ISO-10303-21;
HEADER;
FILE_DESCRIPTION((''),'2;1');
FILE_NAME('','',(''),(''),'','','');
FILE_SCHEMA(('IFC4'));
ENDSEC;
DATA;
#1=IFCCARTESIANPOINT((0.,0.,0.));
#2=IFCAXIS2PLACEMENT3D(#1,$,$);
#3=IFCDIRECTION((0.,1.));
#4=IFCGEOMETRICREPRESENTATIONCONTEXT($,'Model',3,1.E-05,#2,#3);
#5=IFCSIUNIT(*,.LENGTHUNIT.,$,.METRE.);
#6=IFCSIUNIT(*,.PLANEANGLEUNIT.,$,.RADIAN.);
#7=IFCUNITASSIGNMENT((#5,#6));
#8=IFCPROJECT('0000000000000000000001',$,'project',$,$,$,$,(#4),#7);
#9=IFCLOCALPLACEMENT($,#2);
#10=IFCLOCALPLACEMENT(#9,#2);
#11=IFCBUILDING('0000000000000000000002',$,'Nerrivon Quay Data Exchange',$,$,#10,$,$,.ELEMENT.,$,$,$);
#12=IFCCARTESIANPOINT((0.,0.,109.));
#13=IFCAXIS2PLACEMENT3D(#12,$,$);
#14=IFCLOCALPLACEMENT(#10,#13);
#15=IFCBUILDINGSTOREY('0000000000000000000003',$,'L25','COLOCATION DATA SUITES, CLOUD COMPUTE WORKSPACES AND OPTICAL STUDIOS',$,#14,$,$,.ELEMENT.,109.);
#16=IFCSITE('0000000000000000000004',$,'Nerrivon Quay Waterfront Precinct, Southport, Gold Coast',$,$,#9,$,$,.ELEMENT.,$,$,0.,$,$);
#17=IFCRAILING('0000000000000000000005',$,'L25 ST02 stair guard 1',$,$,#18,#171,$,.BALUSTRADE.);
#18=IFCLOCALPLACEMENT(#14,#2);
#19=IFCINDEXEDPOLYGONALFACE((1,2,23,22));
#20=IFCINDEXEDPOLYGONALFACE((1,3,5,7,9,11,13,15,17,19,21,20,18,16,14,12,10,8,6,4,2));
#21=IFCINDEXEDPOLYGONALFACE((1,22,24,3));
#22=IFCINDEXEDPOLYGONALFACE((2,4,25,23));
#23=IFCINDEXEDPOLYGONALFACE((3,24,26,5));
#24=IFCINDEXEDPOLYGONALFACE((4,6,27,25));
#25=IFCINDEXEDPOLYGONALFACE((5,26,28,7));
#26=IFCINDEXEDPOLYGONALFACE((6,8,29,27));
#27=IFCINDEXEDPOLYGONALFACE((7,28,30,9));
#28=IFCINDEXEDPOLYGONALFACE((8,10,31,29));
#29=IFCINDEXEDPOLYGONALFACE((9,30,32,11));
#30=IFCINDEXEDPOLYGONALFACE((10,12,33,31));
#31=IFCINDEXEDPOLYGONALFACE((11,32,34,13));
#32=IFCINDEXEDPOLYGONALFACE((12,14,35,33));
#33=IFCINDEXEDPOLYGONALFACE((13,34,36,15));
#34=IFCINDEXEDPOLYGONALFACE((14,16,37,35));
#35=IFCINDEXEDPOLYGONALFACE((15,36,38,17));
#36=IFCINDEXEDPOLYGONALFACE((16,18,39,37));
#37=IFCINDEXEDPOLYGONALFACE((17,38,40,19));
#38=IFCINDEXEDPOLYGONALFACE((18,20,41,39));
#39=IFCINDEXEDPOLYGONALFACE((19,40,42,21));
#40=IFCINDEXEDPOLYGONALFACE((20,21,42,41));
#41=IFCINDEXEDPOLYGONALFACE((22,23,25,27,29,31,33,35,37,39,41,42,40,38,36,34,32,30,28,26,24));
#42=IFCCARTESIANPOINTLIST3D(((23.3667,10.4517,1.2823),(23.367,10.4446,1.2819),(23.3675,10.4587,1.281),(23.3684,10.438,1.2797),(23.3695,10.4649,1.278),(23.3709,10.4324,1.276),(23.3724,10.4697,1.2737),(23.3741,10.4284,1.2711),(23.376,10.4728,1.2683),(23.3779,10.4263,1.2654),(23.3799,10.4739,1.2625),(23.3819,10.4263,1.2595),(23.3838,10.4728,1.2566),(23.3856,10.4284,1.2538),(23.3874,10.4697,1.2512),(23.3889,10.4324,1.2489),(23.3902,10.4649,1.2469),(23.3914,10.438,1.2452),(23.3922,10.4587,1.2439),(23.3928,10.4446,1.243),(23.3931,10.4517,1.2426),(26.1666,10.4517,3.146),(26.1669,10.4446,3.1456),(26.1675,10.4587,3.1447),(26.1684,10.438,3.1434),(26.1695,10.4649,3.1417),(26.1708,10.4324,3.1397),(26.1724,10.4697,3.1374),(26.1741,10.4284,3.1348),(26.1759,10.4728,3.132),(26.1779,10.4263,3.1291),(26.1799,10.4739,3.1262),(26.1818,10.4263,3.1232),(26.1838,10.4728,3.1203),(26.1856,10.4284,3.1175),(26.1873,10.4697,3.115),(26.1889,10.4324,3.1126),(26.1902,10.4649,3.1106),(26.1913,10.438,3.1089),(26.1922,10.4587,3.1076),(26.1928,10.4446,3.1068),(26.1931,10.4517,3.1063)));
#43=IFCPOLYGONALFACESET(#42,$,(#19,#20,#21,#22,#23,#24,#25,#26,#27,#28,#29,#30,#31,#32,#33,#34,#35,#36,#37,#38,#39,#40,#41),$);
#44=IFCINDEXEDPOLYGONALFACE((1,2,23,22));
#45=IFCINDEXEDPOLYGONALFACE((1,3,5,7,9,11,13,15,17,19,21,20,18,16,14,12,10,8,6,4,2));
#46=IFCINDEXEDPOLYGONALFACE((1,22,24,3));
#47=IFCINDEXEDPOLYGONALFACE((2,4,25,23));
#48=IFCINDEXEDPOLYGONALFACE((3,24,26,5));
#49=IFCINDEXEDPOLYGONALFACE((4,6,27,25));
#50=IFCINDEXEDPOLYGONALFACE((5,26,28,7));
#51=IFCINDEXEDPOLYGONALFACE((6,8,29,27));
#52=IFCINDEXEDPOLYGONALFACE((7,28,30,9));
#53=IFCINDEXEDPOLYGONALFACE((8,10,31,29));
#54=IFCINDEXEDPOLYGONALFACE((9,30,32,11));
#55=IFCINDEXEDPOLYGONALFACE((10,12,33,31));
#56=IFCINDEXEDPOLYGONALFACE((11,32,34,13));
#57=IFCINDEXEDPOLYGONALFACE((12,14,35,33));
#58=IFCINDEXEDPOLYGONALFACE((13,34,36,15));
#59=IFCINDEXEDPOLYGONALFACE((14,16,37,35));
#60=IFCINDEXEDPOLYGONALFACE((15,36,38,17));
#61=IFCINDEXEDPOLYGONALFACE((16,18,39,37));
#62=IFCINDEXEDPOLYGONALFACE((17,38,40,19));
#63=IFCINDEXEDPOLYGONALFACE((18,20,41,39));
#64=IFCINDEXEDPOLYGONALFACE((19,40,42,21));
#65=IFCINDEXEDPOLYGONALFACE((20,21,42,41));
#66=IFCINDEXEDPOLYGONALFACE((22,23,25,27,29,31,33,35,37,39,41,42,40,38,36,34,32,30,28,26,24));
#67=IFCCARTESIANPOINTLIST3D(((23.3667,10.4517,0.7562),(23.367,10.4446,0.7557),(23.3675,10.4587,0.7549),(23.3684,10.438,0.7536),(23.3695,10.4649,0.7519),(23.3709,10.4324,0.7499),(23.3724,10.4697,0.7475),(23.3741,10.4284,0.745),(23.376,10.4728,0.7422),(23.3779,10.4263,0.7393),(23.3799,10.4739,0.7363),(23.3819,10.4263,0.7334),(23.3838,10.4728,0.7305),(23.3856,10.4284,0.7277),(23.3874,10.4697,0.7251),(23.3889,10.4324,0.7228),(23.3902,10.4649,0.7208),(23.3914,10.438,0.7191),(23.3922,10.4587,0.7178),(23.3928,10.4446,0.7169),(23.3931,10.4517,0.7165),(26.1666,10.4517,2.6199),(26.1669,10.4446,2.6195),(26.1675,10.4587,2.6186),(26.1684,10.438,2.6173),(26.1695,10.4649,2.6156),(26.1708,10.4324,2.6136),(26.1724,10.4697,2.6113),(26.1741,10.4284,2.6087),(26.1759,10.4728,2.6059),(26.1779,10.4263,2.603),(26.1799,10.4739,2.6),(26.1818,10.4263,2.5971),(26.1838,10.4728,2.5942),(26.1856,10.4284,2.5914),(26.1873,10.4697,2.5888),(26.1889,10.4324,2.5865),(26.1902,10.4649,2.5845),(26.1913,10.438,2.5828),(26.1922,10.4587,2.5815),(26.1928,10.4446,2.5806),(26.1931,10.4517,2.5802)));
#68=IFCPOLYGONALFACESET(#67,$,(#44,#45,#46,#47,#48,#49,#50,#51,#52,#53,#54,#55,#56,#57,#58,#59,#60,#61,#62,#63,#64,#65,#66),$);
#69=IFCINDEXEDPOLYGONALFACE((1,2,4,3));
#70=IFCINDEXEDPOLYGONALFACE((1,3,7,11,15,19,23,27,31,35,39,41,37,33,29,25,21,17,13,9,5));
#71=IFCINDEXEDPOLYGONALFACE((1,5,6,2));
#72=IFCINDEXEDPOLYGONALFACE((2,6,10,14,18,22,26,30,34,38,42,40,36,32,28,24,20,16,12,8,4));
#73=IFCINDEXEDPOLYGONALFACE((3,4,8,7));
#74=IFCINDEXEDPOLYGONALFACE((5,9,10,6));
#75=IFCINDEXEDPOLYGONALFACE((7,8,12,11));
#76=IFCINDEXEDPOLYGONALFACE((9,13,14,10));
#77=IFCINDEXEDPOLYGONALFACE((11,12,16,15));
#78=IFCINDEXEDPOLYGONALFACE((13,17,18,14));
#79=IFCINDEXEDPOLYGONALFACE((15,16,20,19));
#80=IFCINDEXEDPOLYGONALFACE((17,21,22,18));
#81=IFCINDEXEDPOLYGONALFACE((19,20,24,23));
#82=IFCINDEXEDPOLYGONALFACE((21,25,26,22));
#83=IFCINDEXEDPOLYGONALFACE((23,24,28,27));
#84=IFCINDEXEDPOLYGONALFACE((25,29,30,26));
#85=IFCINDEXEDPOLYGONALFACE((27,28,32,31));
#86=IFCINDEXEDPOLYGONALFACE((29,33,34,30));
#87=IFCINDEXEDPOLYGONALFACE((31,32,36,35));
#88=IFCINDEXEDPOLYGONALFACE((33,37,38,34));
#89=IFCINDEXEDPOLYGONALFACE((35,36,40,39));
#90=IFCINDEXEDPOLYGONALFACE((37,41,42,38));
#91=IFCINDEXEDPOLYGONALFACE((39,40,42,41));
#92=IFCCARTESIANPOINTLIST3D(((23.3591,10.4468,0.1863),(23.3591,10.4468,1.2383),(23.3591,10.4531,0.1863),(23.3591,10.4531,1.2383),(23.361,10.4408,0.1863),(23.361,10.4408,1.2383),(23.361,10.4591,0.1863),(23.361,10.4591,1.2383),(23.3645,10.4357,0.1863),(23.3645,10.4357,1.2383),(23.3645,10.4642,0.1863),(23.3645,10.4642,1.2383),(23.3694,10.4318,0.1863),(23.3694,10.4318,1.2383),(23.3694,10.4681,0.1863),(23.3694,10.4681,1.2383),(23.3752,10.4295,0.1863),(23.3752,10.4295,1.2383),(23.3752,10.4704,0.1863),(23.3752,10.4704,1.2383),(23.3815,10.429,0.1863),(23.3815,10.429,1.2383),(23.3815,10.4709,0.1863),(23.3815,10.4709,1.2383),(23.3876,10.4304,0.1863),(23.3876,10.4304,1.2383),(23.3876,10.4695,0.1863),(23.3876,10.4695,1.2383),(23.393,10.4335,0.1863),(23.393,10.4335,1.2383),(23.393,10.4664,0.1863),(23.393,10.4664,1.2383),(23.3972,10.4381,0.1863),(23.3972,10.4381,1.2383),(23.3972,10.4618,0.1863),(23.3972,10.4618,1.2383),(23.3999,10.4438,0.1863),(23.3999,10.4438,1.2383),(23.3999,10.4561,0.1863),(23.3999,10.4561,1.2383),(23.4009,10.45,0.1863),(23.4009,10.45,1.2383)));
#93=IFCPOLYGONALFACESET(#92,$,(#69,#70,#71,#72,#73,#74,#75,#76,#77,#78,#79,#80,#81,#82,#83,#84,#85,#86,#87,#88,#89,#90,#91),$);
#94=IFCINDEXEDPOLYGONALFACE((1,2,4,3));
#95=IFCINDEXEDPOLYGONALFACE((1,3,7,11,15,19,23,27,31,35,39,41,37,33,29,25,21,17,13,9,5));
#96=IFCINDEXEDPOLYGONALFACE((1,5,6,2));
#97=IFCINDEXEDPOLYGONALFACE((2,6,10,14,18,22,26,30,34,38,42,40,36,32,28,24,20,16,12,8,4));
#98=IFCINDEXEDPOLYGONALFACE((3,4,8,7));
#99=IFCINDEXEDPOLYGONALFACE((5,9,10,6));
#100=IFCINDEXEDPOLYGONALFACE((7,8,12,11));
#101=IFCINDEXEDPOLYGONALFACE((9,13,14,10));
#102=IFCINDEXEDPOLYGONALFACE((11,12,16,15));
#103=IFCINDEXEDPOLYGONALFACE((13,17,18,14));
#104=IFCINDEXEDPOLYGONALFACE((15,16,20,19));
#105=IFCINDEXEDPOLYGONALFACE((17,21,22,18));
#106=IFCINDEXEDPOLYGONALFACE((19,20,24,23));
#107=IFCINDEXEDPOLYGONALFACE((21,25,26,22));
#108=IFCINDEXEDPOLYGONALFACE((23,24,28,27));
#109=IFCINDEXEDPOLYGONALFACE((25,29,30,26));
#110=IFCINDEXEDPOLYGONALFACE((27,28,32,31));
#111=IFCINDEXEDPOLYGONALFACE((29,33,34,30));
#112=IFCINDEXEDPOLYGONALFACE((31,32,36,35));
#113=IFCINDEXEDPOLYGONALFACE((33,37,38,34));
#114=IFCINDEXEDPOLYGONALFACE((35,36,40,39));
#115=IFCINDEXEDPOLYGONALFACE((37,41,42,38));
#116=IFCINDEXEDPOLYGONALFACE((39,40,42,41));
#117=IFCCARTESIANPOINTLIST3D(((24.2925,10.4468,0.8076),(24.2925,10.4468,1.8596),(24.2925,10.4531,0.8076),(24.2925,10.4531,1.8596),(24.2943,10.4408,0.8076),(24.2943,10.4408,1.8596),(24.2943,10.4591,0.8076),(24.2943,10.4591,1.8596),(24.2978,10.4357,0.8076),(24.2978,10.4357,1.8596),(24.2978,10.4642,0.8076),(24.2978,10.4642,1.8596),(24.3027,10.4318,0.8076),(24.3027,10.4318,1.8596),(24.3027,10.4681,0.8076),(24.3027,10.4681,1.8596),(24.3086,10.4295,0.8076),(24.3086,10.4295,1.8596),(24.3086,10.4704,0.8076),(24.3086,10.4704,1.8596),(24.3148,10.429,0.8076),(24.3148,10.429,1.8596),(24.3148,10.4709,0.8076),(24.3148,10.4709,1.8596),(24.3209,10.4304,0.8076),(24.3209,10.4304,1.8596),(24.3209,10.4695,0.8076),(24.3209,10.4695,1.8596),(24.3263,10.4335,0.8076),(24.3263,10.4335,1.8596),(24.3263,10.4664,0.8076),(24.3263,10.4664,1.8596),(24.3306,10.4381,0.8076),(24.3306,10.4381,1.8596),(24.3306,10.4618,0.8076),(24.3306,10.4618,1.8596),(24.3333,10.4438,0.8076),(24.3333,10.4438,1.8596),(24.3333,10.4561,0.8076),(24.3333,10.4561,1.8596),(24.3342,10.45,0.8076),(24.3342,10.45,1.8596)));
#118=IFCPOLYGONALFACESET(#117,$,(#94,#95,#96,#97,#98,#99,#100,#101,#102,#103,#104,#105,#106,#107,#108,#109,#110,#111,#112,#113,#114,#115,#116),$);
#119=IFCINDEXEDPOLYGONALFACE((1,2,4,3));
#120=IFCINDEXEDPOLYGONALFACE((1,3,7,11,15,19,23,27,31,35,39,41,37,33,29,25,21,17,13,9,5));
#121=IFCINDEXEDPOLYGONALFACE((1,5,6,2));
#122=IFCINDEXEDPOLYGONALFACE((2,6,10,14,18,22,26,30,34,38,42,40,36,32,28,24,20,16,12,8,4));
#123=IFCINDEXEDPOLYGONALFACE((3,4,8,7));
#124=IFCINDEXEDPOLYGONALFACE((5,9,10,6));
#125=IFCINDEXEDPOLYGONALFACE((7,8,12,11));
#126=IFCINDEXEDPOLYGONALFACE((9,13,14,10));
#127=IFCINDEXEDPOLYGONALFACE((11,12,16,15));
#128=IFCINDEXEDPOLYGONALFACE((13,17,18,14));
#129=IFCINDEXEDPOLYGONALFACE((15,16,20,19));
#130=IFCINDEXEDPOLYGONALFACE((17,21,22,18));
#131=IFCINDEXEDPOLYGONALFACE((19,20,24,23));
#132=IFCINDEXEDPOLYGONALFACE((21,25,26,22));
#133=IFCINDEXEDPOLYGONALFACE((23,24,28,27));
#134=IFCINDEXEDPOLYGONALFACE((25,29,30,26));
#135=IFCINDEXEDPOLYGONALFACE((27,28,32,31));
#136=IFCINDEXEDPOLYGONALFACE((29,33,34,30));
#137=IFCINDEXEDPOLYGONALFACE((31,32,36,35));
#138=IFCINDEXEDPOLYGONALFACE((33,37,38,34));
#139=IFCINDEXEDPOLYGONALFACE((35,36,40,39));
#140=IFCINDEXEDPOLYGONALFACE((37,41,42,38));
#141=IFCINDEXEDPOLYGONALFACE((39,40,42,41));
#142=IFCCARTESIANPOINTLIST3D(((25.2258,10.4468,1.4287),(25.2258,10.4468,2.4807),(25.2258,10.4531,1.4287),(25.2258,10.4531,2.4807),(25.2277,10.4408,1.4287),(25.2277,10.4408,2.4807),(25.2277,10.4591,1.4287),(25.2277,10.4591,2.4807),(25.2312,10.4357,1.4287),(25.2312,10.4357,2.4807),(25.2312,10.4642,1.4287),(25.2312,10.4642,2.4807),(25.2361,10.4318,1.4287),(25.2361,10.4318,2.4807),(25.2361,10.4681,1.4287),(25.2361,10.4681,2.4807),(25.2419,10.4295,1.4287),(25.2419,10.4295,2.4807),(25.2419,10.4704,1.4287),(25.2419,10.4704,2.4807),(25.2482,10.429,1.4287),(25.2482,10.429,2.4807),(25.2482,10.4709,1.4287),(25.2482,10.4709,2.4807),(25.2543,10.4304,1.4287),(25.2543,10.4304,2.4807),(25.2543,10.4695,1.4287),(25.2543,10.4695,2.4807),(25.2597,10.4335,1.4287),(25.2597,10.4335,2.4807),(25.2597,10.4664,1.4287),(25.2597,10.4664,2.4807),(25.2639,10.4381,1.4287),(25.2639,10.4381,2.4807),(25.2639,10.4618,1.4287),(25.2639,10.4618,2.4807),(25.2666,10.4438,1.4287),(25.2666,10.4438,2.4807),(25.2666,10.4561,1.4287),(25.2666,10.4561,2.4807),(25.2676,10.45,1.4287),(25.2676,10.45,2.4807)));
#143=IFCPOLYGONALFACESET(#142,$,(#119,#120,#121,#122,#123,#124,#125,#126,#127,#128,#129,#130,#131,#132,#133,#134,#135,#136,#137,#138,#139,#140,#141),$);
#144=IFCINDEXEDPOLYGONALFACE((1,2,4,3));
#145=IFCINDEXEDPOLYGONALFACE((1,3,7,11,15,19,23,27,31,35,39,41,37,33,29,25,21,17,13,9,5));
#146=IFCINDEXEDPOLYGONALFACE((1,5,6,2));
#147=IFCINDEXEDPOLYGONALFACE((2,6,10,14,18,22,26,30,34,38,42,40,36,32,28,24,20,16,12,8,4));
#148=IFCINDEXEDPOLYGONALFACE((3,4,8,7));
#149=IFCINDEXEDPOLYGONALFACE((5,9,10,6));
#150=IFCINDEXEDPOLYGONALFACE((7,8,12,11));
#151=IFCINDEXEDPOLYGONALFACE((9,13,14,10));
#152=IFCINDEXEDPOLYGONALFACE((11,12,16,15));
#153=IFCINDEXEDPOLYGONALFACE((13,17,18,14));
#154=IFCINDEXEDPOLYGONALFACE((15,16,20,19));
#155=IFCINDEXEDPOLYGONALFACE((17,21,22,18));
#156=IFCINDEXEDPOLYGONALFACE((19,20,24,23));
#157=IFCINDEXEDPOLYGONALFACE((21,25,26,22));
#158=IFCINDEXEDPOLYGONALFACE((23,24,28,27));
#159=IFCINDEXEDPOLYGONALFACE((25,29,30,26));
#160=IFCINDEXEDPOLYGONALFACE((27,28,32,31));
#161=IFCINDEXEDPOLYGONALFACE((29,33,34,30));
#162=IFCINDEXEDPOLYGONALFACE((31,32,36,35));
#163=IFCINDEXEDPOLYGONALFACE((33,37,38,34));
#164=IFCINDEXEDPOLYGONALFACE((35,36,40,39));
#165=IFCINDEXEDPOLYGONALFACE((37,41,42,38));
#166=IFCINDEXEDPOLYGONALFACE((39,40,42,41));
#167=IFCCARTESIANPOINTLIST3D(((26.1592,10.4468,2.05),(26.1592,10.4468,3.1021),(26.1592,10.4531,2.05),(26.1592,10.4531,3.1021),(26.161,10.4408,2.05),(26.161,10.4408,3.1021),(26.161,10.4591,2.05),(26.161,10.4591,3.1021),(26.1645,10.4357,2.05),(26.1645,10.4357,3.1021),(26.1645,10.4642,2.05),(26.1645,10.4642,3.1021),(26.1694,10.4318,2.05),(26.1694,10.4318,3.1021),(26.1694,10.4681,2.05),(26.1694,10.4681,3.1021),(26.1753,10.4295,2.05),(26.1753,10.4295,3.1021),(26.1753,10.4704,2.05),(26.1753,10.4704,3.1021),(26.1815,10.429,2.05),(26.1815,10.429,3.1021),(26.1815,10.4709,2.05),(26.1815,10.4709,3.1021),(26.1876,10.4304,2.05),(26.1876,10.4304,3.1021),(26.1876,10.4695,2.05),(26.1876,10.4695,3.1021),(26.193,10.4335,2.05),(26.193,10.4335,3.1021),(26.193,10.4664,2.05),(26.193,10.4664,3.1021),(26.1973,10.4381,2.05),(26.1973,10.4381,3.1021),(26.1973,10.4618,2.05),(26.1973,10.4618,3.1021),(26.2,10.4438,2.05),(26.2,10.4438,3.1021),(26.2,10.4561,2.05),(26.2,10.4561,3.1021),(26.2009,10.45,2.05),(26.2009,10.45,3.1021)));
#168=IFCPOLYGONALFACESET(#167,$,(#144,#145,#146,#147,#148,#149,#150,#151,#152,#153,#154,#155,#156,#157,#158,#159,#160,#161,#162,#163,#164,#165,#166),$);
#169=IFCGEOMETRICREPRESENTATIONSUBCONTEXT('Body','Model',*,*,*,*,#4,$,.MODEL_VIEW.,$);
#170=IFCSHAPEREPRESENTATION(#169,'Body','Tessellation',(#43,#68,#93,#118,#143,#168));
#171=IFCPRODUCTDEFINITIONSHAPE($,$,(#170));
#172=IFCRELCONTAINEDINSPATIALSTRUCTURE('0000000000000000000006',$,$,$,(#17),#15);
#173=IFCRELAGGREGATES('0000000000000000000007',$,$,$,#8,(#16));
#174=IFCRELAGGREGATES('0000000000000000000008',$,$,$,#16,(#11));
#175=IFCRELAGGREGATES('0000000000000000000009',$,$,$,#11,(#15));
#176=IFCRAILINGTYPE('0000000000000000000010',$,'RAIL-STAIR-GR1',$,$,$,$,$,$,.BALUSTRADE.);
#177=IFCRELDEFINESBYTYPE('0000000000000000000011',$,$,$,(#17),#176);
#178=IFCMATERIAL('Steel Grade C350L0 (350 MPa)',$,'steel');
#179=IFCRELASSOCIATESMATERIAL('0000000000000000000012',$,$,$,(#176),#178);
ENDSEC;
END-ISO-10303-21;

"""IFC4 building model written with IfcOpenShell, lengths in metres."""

from ifc_helpers import new_model, si_unit, direction, frame, origin, origin_2d, place, context, subcontext, project, spatial, circle, extrude, material, type_object, element, save


model = new_model("IFC4")

# Units and contexts
model_context = context("Model", 3, precision=1e-05, world=origin(), true_north=direction((0.0, 1.0)))
body_context = subcontext(model_context, "Body", "Model", "MODEL_VIEW")
ifc_project = project(units=[si_unit("LENGTHUNIT", "METRE"), si_unit("PLANEANGLEUNIT", "RADIAN")], contexts=[model_context])

# Site, building, storey
site_placement = place(None, origin())
site = spatial("IfcSite", under=ifc_project, at=site_placement, Name="Nerrivon Quay Waterfront Precinct, Southport, Gold Coast", CompositionType="ELEMENT", RefElevation=0.0)
building_placement = place(site_placement, origin())
building = spatial("IfcBuilding", under=site, at=building_placement, Name="Nerrivon Quay Data Exchange", CompositionType="ELEMENT")
storey_placement = place(building_placement, frame((0.0, 0.0, 109.0)))
storey = spatial("IfcBuildingStorey", under=building, at=storey_placement, Name="L25", Description="COLOCATION DATA SUITES, CLOUD COMPUTE WORKSPACES AND OPTICAL STUDIOS", CompositionType="ELEMENT", Elevation=109.0)

# Railing
ifc_material_1 = material(Name="Steel Grade C350L0 (350 MPa)", Category="steel")
railing_type_1 = type_object("IfcRailingType", Name="RAIL-STAIR-GR1", PredefinedType="BALUSTRADE", material=ifc_material_1)
railing_1_placement = place(storey_placement, frame((23.3799, 10.45, 0.1863)))
element("IfcRailing", 1, at=railing_1_placement, inside=storey, type_object=railing_type_1, Name="L25 ST02 stair guard 1", PredefinedType="BALUSTRADE", context=body_context, shape_type="SweptSolid", body=[
    extrude(circle(Radius=0.0239, at=origin_2d()), frame((0.0, 0.0, 1.0762), z_axis=(0.832452, 0.0, 0.554097), x_axis=(0.0, 1.0, 0.0)), (0.0, 0.0, 1.0), 3.3635),
    extrude(circle(Radius=0.0239, at=origin_2d()), frame((0.0, 0.0, 0.55), z_axis=(0.832452, 0.0, 0.554097), x_axis=(0.0, 1.0, 0.0)), (0.0, 0.0, 1.0), 3.3635),
    extrude(circle(Radius=0.021, at=origin_2d()), origin(), (0.0, 0.0, 1.0), 1.052),
    extrude(circle(Radius=0.021, at=origin_2d()), frame((0.9333, 0.0, 0.6213)), (0.0, 0.0, 1.0), 1.052),
    extrude(circle(Radius=0.021, at=origin_2d()), frame((1.8667, 0.0, 1.2424)), (0.0, 0.0, 1.0), 1.052),
    extrude(circle(Radius=0.021, at=origin_2d()), frame((2.8, 0.0, 1.8638)), (0.0, 0.0, 1.0), 1.052),
])

save(model, "model.ifc")
